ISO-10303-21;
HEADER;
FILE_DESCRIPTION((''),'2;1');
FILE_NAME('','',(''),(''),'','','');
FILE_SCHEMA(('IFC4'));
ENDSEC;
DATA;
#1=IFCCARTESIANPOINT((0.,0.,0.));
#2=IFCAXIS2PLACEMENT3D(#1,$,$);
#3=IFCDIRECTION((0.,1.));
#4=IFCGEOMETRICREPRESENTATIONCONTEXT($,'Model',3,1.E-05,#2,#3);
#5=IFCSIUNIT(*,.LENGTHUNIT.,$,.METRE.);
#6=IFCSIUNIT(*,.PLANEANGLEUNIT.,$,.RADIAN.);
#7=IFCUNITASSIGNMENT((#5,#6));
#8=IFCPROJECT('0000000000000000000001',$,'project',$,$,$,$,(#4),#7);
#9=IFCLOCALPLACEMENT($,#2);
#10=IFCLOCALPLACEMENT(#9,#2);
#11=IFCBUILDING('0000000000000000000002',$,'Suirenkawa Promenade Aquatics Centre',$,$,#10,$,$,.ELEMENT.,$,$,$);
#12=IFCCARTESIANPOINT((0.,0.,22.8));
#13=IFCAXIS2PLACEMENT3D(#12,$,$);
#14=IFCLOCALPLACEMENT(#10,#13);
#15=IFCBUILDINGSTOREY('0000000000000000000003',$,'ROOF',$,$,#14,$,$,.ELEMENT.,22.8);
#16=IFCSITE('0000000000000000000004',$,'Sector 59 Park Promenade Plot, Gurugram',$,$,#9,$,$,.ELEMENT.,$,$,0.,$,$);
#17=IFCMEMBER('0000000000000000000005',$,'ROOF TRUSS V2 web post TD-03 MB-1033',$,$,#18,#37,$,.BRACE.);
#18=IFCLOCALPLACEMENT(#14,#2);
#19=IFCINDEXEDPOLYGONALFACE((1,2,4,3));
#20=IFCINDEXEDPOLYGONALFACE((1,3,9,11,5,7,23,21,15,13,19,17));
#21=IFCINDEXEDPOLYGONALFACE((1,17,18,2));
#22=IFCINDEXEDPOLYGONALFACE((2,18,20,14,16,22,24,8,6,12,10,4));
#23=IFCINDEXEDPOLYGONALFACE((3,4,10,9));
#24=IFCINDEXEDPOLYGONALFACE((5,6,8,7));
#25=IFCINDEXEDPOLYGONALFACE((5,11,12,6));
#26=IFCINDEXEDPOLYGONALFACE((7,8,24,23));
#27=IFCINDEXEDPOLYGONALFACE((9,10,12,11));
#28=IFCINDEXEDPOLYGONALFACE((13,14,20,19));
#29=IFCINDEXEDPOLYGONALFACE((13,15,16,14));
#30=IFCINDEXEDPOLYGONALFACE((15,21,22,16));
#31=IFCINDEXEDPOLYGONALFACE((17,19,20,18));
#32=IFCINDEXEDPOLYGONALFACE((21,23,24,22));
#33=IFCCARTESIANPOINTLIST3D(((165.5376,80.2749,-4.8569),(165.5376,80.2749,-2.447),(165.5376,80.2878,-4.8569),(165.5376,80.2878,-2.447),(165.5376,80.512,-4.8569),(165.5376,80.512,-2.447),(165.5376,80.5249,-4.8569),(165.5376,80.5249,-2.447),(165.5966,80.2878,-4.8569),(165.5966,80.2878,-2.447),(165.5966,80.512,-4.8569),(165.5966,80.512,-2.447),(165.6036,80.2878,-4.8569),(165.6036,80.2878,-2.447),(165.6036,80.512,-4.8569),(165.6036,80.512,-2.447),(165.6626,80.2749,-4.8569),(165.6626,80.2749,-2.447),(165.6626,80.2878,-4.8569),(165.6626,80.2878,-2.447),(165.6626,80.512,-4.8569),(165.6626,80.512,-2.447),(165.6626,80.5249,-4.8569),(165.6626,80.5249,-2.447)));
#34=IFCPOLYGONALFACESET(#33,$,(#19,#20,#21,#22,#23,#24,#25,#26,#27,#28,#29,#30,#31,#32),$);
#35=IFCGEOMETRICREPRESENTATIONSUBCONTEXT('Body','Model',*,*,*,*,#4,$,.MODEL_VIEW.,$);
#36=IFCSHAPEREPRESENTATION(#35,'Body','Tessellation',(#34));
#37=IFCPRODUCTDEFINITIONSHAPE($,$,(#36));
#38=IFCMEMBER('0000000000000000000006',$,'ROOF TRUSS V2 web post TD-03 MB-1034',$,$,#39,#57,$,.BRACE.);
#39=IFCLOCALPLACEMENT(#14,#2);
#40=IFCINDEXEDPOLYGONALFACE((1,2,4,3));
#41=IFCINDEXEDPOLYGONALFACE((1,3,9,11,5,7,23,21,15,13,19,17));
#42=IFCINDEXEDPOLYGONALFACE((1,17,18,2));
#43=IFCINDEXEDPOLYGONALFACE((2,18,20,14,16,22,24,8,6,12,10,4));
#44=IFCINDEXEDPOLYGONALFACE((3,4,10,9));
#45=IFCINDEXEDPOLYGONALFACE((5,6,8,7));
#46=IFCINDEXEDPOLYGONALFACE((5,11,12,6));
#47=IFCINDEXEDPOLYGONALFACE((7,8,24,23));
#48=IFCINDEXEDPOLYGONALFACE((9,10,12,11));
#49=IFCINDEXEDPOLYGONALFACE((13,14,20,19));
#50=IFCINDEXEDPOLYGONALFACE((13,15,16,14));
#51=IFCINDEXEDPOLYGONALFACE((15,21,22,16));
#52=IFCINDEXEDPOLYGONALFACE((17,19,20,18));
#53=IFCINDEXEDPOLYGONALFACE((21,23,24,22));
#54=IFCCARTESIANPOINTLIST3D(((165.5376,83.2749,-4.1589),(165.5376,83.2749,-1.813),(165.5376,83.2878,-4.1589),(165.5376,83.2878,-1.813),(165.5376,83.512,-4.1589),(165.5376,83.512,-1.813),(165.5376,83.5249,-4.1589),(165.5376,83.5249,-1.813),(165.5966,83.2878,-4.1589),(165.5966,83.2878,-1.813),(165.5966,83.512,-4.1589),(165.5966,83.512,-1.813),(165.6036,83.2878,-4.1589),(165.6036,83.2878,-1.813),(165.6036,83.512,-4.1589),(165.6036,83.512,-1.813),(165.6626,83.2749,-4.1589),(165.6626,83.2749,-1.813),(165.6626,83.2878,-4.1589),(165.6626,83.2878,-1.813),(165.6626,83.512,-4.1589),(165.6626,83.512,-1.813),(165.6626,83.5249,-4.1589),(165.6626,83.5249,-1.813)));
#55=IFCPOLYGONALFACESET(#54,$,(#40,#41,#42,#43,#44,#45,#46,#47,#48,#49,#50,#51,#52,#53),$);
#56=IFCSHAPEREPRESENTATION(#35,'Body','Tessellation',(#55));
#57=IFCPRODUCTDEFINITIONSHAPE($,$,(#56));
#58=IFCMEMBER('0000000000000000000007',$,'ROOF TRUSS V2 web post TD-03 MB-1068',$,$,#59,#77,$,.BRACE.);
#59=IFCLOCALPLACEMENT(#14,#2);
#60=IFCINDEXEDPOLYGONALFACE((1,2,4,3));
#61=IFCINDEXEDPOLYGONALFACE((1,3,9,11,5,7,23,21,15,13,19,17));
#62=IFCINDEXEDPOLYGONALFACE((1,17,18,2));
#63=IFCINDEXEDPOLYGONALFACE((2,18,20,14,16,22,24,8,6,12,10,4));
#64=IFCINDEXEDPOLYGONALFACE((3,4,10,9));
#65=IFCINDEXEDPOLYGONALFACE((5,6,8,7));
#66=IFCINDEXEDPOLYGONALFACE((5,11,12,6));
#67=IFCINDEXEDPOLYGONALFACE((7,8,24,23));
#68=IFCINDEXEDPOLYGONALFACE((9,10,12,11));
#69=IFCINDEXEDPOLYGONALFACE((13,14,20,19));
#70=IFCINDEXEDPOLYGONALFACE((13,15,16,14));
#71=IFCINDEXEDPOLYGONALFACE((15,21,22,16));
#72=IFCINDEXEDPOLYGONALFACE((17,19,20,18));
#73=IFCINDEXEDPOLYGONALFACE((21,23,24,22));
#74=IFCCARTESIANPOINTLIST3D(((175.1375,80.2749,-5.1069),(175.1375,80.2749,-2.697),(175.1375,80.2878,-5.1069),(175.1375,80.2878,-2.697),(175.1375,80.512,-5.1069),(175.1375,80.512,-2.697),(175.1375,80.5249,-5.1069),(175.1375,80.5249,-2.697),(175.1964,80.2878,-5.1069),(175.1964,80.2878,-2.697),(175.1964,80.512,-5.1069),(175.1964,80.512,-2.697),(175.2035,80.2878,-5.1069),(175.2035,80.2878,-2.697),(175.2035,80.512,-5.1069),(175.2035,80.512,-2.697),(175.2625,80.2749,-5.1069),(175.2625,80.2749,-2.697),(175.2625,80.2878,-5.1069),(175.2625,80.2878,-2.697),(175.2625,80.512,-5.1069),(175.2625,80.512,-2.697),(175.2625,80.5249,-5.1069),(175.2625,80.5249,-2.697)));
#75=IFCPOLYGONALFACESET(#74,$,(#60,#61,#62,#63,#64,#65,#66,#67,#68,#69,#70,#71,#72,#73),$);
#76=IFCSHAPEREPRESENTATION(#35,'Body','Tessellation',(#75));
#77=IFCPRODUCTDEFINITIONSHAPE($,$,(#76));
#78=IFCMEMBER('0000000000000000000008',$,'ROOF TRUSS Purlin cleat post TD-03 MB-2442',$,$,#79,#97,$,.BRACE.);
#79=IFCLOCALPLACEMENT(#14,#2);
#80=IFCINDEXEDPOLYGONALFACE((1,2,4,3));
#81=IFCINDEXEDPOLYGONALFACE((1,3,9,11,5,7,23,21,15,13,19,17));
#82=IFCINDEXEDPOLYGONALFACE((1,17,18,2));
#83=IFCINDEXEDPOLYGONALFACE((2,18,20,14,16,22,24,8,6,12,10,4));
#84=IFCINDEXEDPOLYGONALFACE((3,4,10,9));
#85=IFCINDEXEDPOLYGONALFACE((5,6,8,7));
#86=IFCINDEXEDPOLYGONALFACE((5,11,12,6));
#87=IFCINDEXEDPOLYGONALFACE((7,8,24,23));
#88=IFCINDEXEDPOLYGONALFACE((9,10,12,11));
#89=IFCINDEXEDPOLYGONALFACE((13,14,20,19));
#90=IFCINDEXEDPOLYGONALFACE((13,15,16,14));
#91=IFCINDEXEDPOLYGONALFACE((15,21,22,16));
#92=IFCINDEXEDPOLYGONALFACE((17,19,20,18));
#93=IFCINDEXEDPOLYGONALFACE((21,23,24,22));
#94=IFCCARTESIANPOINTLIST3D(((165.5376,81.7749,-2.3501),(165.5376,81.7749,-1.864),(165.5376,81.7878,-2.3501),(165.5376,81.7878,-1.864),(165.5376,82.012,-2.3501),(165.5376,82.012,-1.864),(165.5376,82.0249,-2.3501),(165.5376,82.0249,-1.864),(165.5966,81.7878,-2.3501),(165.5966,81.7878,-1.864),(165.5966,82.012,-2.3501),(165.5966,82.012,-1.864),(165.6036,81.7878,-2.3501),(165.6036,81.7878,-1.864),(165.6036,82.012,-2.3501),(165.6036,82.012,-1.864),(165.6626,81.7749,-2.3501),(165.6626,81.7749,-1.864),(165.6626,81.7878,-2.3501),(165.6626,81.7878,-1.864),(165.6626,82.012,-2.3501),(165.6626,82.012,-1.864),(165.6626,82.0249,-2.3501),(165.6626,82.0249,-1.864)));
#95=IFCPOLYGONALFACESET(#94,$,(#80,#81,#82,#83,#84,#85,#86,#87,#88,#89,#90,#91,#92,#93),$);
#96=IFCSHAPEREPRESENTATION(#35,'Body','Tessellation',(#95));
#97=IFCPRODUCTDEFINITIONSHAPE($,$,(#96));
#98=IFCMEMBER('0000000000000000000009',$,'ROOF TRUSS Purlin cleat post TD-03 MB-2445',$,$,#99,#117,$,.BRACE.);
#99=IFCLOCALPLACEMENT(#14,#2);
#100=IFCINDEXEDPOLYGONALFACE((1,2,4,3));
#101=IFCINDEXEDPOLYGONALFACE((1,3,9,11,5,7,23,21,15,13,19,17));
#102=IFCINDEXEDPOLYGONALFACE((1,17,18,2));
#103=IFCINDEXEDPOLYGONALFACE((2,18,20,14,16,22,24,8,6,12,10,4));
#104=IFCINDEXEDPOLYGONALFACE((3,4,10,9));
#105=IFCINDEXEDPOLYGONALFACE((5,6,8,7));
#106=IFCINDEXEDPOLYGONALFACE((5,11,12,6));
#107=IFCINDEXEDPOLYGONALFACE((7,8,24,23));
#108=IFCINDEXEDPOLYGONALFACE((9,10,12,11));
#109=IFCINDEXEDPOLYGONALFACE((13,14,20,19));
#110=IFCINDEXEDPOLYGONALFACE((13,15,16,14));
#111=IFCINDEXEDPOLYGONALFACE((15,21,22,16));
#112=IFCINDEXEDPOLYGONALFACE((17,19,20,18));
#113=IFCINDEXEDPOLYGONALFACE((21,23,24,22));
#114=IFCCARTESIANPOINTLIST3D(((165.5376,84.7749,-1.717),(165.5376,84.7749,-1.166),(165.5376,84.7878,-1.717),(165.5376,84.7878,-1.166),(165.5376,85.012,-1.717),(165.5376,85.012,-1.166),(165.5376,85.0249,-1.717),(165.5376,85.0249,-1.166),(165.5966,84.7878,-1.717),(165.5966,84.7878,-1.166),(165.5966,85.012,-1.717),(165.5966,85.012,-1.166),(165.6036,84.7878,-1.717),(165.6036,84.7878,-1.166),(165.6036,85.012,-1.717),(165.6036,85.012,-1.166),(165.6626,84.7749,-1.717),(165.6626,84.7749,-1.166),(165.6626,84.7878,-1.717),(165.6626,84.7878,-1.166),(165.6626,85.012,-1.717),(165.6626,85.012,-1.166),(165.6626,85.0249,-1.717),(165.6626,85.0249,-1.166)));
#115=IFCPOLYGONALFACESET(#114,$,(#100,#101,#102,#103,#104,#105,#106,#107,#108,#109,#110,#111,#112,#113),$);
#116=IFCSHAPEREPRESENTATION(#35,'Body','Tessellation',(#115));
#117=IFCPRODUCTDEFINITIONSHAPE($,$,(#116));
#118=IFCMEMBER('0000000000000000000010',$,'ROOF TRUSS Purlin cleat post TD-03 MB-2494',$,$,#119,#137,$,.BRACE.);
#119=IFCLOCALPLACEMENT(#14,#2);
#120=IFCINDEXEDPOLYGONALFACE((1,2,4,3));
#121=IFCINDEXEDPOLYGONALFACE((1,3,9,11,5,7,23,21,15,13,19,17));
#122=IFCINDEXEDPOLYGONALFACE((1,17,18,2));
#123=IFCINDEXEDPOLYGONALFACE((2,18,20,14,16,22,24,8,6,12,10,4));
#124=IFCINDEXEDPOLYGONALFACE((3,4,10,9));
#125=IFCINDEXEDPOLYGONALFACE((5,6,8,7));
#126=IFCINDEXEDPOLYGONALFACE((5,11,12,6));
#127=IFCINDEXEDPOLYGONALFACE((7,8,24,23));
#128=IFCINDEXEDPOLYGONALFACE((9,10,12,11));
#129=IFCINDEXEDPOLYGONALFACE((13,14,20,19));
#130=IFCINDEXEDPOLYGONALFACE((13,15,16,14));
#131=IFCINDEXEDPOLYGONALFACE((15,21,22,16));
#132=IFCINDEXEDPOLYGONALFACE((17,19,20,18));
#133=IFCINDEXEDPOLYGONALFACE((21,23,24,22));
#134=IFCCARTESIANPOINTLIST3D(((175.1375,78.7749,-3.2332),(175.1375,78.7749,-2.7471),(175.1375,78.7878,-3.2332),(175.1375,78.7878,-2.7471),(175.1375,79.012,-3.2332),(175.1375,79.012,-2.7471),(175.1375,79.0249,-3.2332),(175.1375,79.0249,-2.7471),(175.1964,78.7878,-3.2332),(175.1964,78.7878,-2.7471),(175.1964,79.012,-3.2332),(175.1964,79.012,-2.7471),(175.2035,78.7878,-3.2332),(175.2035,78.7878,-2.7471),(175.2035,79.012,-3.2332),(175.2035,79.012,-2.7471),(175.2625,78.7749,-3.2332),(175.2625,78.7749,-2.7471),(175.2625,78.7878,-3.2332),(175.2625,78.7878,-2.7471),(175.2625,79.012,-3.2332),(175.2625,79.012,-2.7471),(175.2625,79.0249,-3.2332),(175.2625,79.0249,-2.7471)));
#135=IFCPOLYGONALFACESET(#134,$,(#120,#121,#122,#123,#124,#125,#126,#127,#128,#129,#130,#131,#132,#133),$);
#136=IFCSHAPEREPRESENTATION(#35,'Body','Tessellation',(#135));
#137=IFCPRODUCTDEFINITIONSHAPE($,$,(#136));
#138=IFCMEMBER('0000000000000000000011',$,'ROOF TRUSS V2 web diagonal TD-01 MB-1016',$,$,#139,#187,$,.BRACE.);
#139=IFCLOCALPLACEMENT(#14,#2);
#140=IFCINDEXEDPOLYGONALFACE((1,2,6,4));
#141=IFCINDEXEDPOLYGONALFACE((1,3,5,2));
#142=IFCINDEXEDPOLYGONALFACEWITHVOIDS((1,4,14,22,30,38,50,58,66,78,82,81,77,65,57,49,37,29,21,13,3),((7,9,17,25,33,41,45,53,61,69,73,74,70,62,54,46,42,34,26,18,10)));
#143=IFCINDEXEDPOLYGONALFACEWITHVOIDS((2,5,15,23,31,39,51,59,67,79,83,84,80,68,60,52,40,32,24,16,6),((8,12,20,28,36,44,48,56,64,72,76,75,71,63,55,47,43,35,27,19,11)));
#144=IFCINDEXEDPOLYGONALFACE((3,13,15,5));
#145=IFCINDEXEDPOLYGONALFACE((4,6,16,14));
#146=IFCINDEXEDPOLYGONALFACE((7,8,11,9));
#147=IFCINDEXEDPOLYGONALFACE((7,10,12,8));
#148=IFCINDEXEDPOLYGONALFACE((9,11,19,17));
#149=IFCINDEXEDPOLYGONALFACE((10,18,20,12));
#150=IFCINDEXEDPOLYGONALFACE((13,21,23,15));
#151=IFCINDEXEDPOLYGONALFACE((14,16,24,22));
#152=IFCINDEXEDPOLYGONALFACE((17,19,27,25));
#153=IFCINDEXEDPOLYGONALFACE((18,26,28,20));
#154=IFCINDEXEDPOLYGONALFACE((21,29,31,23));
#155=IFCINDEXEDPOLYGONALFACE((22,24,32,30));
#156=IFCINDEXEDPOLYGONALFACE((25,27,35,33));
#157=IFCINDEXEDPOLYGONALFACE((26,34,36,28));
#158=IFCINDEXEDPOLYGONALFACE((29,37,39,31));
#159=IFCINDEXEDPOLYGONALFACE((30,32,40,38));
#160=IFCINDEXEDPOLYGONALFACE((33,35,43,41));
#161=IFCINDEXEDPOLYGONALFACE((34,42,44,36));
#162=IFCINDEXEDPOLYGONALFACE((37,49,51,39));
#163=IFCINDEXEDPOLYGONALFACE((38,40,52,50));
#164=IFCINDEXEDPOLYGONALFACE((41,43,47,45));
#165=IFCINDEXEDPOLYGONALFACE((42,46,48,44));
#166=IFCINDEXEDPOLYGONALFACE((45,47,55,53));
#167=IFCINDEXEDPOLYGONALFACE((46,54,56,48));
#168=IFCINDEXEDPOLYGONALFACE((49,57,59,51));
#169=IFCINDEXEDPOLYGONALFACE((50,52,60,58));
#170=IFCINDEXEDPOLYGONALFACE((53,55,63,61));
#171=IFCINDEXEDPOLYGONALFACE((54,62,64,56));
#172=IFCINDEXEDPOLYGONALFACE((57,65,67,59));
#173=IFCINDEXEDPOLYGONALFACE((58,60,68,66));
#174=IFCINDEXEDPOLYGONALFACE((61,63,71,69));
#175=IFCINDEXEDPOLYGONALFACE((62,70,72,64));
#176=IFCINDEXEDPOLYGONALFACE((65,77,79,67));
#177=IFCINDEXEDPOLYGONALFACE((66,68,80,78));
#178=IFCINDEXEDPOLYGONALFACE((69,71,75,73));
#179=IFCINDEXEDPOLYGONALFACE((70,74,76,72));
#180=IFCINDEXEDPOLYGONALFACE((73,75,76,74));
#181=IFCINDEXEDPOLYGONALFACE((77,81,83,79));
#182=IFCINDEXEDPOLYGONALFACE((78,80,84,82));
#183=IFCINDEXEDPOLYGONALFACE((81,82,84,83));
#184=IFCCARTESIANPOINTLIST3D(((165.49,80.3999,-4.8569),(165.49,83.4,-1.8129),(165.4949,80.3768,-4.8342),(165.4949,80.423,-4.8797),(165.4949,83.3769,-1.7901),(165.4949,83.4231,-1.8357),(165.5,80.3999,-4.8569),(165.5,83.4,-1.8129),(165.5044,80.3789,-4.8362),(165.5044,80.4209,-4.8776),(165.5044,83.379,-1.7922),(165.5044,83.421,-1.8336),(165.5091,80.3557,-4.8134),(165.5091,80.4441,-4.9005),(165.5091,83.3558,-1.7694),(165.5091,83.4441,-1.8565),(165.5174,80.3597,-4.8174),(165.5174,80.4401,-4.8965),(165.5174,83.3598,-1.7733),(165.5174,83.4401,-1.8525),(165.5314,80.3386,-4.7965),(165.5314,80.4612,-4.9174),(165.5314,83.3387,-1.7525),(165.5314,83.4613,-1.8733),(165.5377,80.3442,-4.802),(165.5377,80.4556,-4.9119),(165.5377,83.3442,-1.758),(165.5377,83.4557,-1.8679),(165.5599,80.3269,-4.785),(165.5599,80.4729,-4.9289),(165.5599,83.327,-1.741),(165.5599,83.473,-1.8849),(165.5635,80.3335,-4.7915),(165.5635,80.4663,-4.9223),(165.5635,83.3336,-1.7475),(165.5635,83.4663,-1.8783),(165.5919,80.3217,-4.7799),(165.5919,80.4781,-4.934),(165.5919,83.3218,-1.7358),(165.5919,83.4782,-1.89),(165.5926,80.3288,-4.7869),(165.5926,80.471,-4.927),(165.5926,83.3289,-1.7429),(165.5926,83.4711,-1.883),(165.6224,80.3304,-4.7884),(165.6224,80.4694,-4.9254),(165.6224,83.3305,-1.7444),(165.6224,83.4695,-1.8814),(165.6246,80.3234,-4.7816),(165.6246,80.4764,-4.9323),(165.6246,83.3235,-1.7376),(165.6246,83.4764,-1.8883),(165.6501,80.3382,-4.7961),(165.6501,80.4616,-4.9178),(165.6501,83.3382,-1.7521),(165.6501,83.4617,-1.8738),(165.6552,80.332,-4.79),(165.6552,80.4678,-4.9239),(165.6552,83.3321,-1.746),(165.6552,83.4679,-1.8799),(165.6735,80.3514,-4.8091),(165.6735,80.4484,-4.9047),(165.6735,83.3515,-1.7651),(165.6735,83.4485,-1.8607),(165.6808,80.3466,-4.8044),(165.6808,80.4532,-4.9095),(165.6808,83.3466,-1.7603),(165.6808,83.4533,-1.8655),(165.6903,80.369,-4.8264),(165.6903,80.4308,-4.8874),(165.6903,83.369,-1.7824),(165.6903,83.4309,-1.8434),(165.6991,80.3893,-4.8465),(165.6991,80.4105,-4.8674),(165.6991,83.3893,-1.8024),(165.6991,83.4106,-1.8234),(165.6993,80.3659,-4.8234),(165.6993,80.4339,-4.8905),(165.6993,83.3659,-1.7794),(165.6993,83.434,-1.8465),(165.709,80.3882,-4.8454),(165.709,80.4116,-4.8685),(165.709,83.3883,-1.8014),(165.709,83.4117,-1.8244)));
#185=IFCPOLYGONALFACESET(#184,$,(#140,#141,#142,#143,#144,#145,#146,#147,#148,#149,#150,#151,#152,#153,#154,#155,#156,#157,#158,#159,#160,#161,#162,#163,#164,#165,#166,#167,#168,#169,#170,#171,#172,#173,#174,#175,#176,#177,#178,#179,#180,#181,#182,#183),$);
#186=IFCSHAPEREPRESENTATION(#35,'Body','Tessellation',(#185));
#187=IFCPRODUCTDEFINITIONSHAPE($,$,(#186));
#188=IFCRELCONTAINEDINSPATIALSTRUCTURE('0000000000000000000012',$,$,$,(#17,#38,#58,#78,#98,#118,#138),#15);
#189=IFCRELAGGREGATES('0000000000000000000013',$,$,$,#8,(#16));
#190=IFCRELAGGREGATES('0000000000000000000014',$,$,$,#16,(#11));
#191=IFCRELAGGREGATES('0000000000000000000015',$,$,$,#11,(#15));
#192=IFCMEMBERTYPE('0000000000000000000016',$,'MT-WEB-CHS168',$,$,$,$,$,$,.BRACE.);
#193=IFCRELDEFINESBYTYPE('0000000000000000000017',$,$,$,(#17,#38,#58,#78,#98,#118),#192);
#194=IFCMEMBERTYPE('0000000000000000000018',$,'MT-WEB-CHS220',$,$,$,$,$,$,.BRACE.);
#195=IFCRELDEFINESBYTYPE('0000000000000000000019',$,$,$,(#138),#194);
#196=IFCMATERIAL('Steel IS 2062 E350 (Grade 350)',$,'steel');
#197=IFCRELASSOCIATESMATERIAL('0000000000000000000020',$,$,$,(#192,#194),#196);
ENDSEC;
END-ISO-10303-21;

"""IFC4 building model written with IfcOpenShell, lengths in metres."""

from ifc_helpers import new_model, si_unit, direction, frame, origin, origin_2d, place, context, subcontext, project, spatial, hollow_circle, i_section, extrude, material, material_profile, profile_set, type_object, element, save


model = new_model("IFC4")

# Units and contexts
model_context = context("Model", 3, precision=1e-05, world=origin(), true_north=direction((0.0, 1.0)))
body_context = subcontext(model_context, "Body", "Model", "MODEL_VIEW")
ifc_project = project(units=[si_unit("LENGTHUNIT", "METRE"), si_unit("PLANEANGLEUNIT", "RADIAN")], contexts=[model_context])

# Site, building, storey
site_placement = place(None, origin())
site = spatial("IfcSite", under=ifc_project, at=site_placement, Name="Sector 59 Park Promenade Plot, Gurugram", CompositionType="ELEMENT", RefElevation=0.0)
building_placement = place(site_placement, origin())
building = spatial("IfcBuilding", under=site, at=building_placement, Name="Suirenkawa Promenade Aquatics Centre", CompositionType="ELEMENT")
storey_placement = place(building_placement, frame((0.0, 0.0, 22.8)))
storey = spatial("IfcBuildingStorey", under=building, at=storey_placement, Name="ROOF", CompositionType="ELEMENT", Elevation=22.8)

# Shared definitions
ifc_material = material(Name="Steel IS 2062 E350 (Grade 350)", Category="steel")

# Members
ifc_material_profile_1 = material_profile(ifc_material, i_section(OverallWidth=0.125, OverallDepth=0.25, WebThickness=0.0071, FlangeThickness=0.0129, at=origin_2d()), Name="ISMB 250", Category="steel")
ifc_profile_set_1 = profile_set([ifc_material_profile_1], Name="Steel IS 2062 E350 (Grade 350)")
member_type_1 = type_object("IfcMemberType", Name="MT-WEB-CHS168", PredefinedType="BRACE", material=ifc_profile_set_1)
member_1_placement = place(storey_placement, frame((165.6001, 80.3999, -4.8569), z_axis=(0.0, 0.0, 1.0), x_axis=(1.0, 0.0, 0.0)))
element("IfcMember", 1, at=member_1_placement, inside=storey, type_object=member_type_1, Name="ROOF TRUSS V2 web post TD-03 MB-1033", PredefinedType="BRACE", context=body_context, shape_type="SweptSolid", body=[
    extrude(i_section(OverallWidth=0.125, OverallDepth=0.25, WebThickness=0.0071, FlangeThickness=0.0129, at=origin_2d()), origin(), (0.0, 0.0, 1.0), 2.4099),
])
member_2_placement = place(storey_placement, frame((165.6001, 83.3999, -4.1589), z_axis=(0.0, 0.0, 1.0), x_axis=(1.0, 0.0, 0.0)))
element("IfcMember", 2, at=member_2_placement, inside=storey, type_object=member_type_1, Name="ROOF TRUSS V2 web post TD-03 MB-1034", PredefinedType="BRACE", context=body_context, shape_type="SweptSolid", body=[
    extrude(i_section(OverallWidth=0.125, OverallDepth=0.25, WebThickness=0.0071, FlangeThickness=0.0129, at=origin_2d()), origin(), (0.0, 0.0, 1.0), 2.3459),
])
member_3_placement = place(storey_placement, frame((175.2, 80.3999, -5.1069), z_axis=(0.0, 0.0, 1.0), x_axis=(1.0, 0.0, 0.0)))
element("IfcMember", 3, at=member_3_placement, inside=storey, type_object=member_type_1, Name="ROOF TRUSS V2 web post TD-03 MB-1068", PredefinedType="BRACE", context=body_context, shape_type="SweptSolid", body=[
    extrude(i_section(OverallWidth=0.125, OverallDepth=0.25, WebThickness=0.0071, FlangeThickness=0.0129, at=origin_2d()), origin(), (0.0, 0.0, 1.0), 2.4099),
])
member_4_placement = place(storey_placement, frame((165.6001, 81.8999, -2.3501), z_axis=(0.0, 0.0, 1.0), x_axis=(1.0, 0.0, 0.0)))
element("IfcMember", 4, at=member_4_placement, inside=storey, type_object=member_type_1, Name="ROOF TRUSS Purlin cleat post TD-03 MB-2442", PredefinedType="BRACE", context=body_context, shape_type="SweptSolid", body=[
    extrude(i_section(OverallWidth=0.125, OverallDepth=0.25, WebThickness=0.0071, FlangeThickness=0.0129, at=origin_2d()), origin(), (0.0, 0.0, 1.0), 0.4861),
])
member_5_placement = place(storey_placement, frame((165.6001, 84.8999, -1.717), z_axis=(0.0, 0.0, 1.0), x_axis=(1.0, 0.0, 0.0)))
element("IfcMember", 5, at=member_5_placement, inside=storey, type_object=member_type_1, Name="ROOF TRUSS Purlin cleat post TD-03 MB-2445", PredefinedType="BRACE", context=body_context, shape_type="SweptSolid", body=[
    extrude(i_section(OverallWidth=0.125, OverallDepth=0.25, WebThickness=0.0071, FlangeThickness=0.0129, at=origin_2d()), origin(), (0.0, 0.0, 1.0), 0.551),
])
member_6_placement = place(storey_placement, frame((175.2, 78.8999, -3.2332), z_axis=(0.0, 0.0, 1.0), x_axis=(1.0, 0.0, 0.0)))
element("IfcMember", 6, at=member_6_placement, inside=storey, type_object=member_type_1, Name="ROOF TRUSS Purlin cleat post TD-03 MB-2494", PredefinedType="BRACE", context=body_context, shape_type="SweptSolid", body=[
    extrude(i_section(OverallWidth=0.125, OverallDepth=0.25, WebThickness=0.0071, FlangeThickness=0.0129, at=origin_2d()), origin(), (0.0, 0.0, 1.0), 0.4861),
])
ifc_material_profile_2 = material_profile(ifc_material, hollow_circle(Radius=0.1101, WallThickness=0.01, at=origin_2d()), Name="CHS 220x10", Category="steel")
ifc_profile_set_2 = profile_set([ifc_material_profile_2], Name="Steel IS 2062 E350 (Grade 350)")
member_type_2 = type_object("IfcMemberType", Name="MT-WEB-CHS220", PredefinedType="BRACE", material=ifc_profile_set_2)
member_7_placement = place(storey_placement, frame((165.6001, 80.3999, -4.8569), z_axis=(0.0, 0.701947, 0.712229), x_axis=(-1.0, 0.0, 0.0)))
element("IfcMember", 7, at=member_7_placement, inside=storey, type_object=member_type_2, Name="ROOF TRUSS V2 web diagonal TD-01 MB-1016", PredefinedType="BRACE", context=body_context, shape_type="SweptSolid", body=[
    extrude(hollow_circle(Radius=0.1101, WallThickness=0.01, at=origin_2d()), origin(), (0.0, 0.0, 1.0), 4.2739),
])

save(model, "model.ifc")
